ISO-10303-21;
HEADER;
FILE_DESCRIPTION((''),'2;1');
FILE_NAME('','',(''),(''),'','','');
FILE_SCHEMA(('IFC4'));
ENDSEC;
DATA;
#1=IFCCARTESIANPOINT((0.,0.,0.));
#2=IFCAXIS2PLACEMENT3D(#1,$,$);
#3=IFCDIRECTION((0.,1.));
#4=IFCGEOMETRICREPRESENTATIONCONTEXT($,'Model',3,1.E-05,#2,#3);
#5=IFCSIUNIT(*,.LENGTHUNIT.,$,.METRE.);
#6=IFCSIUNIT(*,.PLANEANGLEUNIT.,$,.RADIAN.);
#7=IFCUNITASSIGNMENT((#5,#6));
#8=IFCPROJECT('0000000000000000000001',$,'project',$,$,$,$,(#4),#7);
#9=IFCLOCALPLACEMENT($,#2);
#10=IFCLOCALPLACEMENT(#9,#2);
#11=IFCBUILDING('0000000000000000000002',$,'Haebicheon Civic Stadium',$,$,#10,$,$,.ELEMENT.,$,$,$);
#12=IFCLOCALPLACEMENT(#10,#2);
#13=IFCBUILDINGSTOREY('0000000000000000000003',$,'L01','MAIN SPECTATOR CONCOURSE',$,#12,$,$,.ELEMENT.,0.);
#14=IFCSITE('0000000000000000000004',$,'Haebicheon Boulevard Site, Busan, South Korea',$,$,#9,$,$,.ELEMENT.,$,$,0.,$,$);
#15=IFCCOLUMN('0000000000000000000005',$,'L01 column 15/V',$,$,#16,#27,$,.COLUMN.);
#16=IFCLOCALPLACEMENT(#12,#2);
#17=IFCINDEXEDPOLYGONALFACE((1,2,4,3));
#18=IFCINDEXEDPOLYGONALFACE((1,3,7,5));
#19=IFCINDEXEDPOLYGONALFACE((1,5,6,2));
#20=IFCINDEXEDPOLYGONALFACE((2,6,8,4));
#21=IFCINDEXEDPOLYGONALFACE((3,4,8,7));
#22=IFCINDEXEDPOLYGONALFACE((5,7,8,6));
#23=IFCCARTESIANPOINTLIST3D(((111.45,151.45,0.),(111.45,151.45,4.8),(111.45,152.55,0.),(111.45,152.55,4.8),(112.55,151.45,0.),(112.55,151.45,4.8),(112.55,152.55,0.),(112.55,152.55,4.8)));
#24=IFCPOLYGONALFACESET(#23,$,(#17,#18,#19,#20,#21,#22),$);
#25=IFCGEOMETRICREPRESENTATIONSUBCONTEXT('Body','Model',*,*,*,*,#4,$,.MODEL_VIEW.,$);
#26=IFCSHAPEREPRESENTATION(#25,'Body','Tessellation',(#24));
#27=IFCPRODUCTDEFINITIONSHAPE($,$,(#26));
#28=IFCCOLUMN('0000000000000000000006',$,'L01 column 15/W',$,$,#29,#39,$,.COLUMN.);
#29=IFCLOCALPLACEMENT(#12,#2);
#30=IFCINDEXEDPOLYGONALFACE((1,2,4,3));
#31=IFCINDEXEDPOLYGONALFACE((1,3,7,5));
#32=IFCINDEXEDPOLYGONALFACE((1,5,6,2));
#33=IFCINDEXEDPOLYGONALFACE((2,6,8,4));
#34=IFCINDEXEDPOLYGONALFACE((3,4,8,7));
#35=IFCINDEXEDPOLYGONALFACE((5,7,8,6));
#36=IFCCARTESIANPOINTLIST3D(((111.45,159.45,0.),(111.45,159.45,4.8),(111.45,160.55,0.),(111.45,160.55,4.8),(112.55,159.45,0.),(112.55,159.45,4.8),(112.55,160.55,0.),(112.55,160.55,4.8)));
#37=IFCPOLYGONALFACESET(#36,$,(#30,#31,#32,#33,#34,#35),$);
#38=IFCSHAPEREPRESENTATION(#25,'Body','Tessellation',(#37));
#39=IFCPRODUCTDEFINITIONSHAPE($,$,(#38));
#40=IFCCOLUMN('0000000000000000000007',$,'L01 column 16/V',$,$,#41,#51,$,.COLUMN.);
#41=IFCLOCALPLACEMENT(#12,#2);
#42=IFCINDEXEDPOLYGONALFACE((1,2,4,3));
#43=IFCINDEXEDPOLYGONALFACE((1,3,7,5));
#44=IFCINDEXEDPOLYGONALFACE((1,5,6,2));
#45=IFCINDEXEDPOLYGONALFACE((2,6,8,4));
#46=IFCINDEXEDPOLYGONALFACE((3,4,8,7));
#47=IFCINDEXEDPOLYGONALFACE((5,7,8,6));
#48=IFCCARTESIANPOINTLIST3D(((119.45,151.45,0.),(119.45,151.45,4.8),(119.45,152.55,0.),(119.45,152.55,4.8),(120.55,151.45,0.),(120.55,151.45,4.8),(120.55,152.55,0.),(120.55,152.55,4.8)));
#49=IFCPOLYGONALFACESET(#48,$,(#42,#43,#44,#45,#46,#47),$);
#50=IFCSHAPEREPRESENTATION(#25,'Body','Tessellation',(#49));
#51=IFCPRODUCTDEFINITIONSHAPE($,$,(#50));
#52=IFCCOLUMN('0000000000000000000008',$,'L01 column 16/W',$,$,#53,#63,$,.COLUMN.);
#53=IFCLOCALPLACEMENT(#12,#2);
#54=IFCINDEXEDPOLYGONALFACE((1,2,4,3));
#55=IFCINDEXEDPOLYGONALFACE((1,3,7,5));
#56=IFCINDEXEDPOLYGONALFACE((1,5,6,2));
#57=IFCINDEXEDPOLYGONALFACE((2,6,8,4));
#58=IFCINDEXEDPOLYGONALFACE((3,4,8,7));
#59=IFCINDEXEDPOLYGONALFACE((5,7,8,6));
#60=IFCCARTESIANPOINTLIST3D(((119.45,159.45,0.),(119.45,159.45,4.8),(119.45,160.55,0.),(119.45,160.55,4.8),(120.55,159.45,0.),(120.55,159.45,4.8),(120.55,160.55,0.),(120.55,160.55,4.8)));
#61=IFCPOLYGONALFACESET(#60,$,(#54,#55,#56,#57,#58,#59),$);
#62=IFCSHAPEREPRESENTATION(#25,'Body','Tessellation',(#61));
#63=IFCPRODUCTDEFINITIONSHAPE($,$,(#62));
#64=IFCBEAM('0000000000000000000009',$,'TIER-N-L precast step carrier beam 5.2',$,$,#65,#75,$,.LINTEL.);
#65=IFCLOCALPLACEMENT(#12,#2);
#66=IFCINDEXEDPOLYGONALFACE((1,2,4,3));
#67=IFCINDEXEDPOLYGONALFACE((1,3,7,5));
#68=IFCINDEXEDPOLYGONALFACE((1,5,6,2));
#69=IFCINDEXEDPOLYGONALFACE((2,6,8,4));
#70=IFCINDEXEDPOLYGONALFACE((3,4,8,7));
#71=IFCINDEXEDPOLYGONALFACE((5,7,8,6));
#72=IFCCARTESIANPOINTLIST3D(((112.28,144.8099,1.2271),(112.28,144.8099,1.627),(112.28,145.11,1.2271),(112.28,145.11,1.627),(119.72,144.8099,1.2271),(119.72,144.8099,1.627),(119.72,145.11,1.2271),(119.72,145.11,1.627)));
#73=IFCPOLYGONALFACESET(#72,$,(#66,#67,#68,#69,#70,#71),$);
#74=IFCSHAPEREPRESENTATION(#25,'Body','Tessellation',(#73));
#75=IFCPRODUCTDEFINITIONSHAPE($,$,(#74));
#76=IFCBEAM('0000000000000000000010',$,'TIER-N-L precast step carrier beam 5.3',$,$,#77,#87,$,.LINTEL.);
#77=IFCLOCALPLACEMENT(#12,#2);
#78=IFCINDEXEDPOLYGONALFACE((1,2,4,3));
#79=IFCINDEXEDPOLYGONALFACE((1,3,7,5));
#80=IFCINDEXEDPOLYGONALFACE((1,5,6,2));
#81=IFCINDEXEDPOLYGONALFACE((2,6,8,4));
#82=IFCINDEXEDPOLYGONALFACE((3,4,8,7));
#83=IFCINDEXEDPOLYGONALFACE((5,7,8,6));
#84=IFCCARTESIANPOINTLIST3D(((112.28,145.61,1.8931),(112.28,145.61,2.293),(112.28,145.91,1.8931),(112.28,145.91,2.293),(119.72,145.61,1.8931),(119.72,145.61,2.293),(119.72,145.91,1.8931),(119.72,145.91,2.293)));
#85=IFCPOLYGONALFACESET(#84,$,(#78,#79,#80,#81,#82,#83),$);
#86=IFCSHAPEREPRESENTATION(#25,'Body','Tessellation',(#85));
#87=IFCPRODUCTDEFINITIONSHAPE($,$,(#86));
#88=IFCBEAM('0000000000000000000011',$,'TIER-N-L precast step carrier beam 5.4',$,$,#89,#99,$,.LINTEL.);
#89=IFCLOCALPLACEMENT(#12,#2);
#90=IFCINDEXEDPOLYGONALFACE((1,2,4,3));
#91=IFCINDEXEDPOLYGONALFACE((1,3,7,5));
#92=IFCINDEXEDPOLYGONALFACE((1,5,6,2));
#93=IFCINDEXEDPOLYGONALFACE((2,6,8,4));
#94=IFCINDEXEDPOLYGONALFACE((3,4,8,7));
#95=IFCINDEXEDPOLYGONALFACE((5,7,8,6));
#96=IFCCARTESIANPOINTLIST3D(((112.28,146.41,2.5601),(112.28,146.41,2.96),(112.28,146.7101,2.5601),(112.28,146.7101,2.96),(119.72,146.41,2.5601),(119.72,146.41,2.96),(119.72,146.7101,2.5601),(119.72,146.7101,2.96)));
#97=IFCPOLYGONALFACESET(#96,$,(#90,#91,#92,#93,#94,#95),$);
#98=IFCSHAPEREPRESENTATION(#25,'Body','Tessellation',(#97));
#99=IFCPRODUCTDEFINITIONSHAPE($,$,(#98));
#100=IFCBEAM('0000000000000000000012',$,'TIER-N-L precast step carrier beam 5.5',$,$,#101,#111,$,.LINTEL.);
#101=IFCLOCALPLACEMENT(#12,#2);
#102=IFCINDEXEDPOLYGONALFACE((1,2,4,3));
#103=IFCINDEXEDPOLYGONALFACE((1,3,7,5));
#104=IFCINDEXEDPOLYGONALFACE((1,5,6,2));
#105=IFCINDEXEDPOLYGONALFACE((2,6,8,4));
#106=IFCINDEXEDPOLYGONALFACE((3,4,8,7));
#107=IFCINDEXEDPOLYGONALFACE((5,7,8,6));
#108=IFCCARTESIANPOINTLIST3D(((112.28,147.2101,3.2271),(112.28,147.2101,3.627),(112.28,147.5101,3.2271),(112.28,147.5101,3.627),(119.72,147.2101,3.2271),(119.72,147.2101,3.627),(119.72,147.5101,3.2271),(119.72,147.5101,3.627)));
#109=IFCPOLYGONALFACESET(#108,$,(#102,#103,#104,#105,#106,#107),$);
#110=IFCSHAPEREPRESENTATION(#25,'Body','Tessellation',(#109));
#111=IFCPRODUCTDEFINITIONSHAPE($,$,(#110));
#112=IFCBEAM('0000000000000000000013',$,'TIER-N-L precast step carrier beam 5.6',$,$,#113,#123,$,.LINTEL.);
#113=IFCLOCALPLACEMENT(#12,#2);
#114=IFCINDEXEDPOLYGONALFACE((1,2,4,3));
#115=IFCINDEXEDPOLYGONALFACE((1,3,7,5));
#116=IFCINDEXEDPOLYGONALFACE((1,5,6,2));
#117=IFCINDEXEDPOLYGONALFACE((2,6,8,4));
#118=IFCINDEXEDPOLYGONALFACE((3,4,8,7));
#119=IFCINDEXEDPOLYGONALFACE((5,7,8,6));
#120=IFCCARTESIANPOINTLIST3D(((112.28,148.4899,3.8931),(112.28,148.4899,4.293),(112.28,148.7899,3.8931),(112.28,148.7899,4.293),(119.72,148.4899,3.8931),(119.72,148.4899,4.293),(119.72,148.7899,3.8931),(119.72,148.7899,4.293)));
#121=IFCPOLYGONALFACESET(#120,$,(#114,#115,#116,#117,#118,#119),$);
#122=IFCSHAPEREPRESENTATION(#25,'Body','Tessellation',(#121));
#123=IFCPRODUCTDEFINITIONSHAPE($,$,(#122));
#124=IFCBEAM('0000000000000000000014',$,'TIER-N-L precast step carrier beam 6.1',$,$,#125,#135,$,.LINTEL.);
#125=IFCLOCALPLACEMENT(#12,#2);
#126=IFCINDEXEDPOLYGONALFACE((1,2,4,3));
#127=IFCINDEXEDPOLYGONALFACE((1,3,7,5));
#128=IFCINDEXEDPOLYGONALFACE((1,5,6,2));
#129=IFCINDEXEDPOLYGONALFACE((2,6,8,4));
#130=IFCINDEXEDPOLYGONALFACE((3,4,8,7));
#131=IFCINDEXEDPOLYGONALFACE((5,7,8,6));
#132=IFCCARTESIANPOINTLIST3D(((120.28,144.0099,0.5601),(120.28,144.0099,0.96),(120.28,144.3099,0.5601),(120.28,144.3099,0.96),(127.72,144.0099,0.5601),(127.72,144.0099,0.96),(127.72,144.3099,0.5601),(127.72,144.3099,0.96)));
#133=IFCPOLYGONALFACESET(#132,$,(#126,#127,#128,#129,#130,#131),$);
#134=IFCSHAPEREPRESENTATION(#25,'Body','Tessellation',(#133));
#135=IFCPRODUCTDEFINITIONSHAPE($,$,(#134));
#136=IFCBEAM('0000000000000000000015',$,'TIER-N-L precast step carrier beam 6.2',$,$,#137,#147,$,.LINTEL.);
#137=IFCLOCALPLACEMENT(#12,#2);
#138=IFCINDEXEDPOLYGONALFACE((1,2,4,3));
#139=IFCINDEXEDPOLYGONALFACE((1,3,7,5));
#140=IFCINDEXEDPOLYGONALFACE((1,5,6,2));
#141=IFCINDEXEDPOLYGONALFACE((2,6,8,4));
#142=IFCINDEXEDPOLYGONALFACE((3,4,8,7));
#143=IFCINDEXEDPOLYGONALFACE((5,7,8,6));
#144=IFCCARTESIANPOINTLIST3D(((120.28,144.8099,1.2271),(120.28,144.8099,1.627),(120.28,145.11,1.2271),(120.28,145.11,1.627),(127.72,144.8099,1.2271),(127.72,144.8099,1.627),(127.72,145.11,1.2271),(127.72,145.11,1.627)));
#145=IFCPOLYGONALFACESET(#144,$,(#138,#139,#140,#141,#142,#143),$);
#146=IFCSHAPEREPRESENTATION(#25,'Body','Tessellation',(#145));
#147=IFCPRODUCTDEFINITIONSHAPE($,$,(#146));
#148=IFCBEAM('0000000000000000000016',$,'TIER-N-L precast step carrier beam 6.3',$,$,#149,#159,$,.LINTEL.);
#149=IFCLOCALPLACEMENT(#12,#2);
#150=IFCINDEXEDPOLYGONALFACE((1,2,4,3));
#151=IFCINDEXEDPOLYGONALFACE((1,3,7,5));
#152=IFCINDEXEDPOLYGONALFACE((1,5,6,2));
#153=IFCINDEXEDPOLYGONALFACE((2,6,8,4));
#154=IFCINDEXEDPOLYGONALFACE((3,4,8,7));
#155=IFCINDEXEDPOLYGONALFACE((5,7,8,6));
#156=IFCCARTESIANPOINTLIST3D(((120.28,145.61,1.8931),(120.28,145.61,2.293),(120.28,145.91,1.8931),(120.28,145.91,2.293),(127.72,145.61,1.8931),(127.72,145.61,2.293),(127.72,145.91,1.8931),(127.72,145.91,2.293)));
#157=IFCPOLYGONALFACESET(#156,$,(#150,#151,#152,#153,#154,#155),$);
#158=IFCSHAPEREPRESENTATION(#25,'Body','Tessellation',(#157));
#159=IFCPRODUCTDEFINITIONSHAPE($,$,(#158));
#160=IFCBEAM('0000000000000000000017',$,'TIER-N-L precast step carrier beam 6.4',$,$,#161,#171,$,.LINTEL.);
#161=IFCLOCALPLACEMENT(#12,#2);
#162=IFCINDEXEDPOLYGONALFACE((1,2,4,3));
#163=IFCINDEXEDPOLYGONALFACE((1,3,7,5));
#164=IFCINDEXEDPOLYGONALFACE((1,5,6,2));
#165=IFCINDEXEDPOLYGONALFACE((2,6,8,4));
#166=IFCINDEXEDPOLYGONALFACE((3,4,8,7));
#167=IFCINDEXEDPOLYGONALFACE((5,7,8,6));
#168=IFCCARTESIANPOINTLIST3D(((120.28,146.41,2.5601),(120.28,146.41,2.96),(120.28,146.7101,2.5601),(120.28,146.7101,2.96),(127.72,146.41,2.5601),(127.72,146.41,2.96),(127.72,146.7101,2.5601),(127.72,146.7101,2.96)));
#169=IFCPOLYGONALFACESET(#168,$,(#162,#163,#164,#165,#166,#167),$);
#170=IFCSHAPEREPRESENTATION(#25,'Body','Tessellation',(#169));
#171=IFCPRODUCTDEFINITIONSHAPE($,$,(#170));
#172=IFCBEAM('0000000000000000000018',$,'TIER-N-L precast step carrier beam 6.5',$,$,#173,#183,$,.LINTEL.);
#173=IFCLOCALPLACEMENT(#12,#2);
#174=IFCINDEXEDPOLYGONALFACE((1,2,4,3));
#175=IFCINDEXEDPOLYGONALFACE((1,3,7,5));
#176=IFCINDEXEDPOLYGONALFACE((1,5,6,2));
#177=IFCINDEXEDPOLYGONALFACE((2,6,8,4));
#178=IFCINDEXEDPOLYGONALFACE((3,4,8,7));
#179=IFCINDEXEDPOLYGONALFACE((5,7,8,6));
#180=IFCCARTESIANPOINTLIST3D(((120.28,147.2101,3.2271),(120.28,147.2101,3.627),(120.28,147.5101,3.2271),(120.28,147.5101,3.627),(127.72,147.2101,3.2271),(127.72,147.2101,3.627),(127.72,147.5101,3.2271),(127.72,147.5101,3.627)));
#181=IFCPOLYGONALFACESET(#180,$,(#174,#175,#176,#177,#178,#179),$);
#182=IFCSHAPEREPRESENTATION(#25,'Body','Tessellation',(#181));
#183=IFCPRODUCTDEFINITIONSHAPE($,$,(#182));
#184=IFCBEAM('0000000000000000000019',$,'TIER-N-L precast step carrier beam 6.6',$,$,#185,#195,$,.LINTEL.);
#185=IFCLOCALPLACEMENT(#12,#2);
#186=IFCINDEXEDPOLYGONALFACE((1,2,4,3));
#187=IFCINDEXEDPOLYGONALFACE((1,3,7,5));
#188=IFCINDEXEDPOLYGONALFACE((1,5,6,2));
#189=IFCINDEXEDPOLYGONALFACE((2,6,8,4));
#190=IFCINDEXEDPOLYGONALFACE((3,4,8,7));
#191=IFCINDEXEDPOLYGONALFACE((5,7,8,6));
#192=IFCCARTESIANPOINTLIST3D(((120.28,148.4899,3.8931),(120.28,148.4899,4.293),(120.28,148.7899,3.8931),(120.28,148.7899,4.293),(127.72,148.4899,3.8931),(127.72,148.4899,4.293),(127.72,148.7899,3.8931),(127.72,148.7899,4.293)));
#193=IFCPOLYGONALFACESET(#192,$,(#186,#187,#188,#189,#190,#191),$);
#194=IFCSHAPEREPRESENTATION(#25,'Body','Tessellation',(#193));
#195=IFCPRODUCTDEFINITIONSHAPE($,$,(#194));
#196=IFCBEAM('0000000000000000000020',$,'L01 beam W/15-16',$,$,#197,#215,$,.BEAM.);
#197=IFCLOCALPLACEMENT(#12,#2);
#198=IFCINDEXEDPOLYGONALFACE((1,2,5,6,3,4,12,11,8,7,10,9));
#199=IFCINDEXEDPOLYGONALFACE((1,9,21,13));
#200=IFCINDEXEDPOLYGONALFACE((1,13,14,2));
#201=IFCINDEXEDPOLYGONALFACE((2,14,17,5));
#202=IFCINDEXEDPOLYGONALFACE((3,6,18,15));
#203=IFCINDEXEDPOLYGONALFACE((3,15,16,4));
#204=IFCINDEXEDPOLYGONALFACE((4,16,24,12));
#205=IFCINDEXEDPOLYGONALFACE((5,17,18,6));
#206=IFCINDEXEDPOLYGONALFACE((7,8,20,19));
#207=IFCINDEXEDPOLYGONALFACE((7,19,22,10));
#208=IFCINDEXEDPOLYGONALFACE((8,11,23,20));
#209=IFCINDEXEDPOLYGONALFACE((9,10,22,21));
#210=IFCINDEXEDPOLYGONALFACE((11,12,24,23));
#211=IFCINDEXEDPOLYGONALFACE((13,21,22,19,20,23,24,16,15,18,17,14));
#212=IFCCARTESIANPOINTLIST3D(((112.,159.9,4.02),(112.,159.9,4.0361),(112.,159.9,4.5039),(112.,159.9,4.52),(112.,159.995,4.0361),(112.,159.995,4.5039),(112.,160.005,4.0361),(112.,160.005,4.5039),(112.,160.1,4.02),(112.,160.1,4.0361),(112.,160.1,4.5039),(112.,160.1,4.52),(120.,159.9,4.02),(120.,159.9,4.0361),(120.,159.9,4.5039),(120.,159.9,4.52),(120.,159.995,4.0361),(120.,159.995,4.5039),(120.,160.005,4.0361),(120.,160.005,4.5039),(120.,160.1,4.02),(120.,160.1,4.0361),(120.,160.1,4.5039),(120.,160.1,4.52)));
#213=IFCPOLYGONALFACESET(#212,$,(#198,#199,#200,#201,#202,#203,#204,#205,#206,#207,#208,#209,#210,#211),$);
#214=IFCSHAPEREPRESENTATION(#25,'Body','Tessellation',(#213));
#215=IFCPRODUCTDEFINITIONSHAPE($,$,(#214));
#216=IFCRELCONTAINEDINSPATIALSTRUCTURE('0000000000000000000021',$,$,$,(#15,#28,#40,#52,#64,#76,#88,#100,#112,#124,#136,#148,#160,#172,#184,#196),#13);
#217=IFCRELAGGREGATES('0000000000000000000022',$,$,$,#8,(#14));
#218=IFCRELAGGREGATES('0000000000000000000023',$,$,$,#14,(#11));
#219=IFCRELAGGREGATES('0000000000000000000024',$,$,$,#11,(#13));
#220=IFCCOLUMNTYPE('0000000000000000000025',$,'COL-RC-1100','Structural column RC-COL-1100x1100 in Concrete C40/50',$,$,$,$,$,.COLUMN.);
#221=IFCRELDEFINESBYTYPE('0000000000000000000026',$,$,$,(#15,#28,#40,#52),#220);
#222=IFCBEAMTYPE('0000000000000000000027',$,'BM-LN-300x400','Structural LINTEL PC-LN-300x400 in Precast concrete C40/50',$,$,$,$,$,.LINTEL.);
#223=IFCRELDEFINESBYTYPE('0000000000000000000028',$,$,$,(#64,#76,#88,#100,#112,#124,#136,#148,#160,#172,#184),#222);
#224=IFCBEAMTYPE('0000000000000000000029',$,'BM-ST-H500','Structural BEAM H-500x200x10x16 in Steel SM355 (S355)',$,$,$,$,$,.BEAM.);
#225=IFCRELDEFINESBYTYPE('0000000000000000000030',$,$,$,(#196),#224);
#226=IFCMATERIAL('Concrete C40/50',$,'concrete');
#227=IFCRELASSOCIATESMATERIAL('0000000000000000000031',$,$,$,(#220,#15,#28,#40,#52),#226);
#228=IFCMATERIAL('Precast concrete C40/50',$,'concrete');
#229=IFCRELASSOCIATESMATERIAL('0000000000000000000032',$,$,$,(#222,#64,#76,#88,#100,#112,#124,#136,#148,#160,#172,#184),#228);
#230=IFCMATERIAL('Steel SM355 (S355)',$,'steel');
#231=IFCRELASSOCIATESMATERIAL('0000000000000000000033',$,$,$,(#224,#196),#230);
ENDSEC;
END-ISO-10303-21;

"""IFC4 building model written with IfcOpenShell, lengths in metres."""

from ifc_helpers import new_model, si_unit, direction, frame, origin, origin_2d, place, context, subcontext, project, spatial, rectangle, i_section, extrude, material, material_profile, profile_set, type_object, element, save


model = new_model("IFC4")

# Units and contexts
model_context = context("Model", 3, precision=1e-05, world=origin(), true_north=direction((0.0, 1.0)))
body_context = subcontext(model_context, "Body", "Model", "MODEL_VIEW")
ifc_project = project(units=[si_unit("LENGTHUNIT", "METRE"), si_unit("PLANEANGLEUNIT", "RADIAN")], contexts=[model_context])

# Site, building, storey
site_placement = place(None, origin())
site = spatial("IfcSite", under=ifc_project, at=site_placement, Name="Haebicheon Boulevard Site, Busan, South Korea", CompositionType="ELEMENT", RefElevation=0.0)
building_placement = place(site_placement, origin())
building = spatial("IfcBuilding", under=site, at=building_placement, Name="Haebicheon Civic Stadium", CompositionType="ELEMENT")
storey_placement = place(building_placement, origin())
storey = spatial("IfcBuildingStorey", under=building, at=storey_placement, Name="L01", Description="MAIN SPECTATOR CONCOURSE", CompositionType="ELEMENT", Elevation=0.0)

# Columns
ifc_material_1 = material(Name="Concrete C40/50", Category="concrete")
ifc_material_profile_1 = material_profile(ifc_material_1, rectangle(XDim=1.1001, YDim=1.1001, at=origin_2d()), Name="RC-COL-1100x1100")
ifc_profile_set_1 = profile_set([ifc_material_profile_1], Name="Concrete C40/50")
column_type = type_object("IfcColumnType", Name="COL-RC-1100", Description="Structural column RC-COL-1100x1100 in Concrete C40/50", PredefinedType="COLUMN", material=ifc_profile_set_1)
for number, where, z_axis, x_axis, name in (
    (1, (112.0, 152.0, 0.0), (0.0, 0.0, 1.0), (1.0, 0.0, 0.0), "L01 column 15/V"),
    (2, (112.0, 160.0, 0.0), (0.0, 0.0, 1.0), (1.0, 0.0, 0.0), "L01 column 15/W"),
    (3, (120.0, 152.0, 0.0), (0.0, 0.0, 1.0), (1.0, 0.0, 0.0), "L01 column 16/V"),
    (4, (120.0, 160.0, 0.0), (0.0, 0.0, 1.0), (1.0, 0.0, 0.0), "L01 column 16/W"),
):
    element("IfcColumn", number, at=place(storey_placement, frame(where, z_axis=z_axis, x_axis=x_axis)), inside=storey, type_object=column_type, material=ifc_profile_set_1, Name=name, PredefinedType="COLUMN", context=body_context, shape_type="SweptSolid", body=[
        extrude(rectangle(XDim=1.1001, YDim=1.1001, at=origin_2d()), origin(), (0.0, 0.0, 1.0), 4.8),
    ])

# Beams
ifc_material_2 = material(Name="Precast concrete C40/50", Category="concrete")
ifc_material_profile_2 = material_profile(ifc_material_2, rectangle(XDim=0.3, YDim=0.3999, at=origin_2d()), Name="PC-LN-300x400")
ifc_profile_set_2 = profile_set([ifc_material_profile_2], Name="Precast concrete C40/50")
beam_type_1 = type_object("IfcBeamType", Name="BM-LN-300x400", Description="Structural LINTEL PC-LN-300x400 in Precast concrete C40/50", PredefinedType="LINTEL", material=ifc_profile_set_2)
for number, where, z_axis, x_axis, name in (
    (5, (112.28, 144.96, 1.427), (1.0, 0.0, 0.0), (0.0, 1.0, 0.0), "TIER-N-L precast step carrier beam 5.2"),
    (6, (112.28, 145.76, 2.093), (1.0, 0.0, 0.0), (0.0, 1.0, 0.0), "TIER-N-L precast step carrier beam 5.3"),
    (7, (112.28, 146.5601, 2.76), (1.0, 0.0, 0.0), (0.0, 1.0, 0.0), "TIER-N-L precast step carrier beam 5.4"),
    (8, (112.28, 147.3601, 3.427), (1.0, 0.0, 0.0), (0.0, 1.0, 0.0), "TIER-N-L precast step carrier beam 5.5"),
    (9, (112.28, 148.6399, 4.093), (1.0, 0.0, 0.0), (0.0, 1.0, 0.0), "TIER-N-L precast step carrier beam 5.6"),
    (10, (120.28, 144.1599, 0.76), (1.0, 0.0, 0.0), (0.0, 1.0, 0.0), "TIER-N-L precast step carrier beam 6.1"),
    (11, (120.28, 144.96, 1.427), (1.0, 0.0, 0.0), (0.0, 1.0, 0.0), "TIER-N-L precast step carrier beam 6.2"),
    (12, (120.28, 145.76, 2.093), (1.0, 0.0, 0.0), (0.0, 1.0, 0.0), "TIER-N-L precast step carrier beam 6.3"),
    (13, (120.28, 146.5601, 2.76), (1.0, 0.0, 0.0), (0.0, 1.0, 0.0), "TIER-N-L precast step carrier beam 6.4"),
    (14, (120.28, 147.3601, 3.427), (1.0, 0.0, 0.0), (0.0, 1.0, 0.0), "TIER-N-L precast step carrier beam 6.5"),
    (15, (120.28, 148.6399, 4.093), (1.0, 0.0, 0.0), (0.0, 1.0, 0.0), "TIER-N-L precast step carrier beam 6.6"),
):
    element("IfcBeam", number, at=place(storey_placement, frame(where, z_axis=z_axis, x_axis=x_axis)), inside=storey, type_object=beam_type_1, material=ifc_profile_set_2, Name=name, PredefinedType="LINTEL", context=body_context, shape_type="SweptSolid", body=[
        extrude(rectangle(XDim=0.3, YDim=0.3999, at=origin_2d()), origin(), (0.0, 0.0, 1.0), 7.4399),
    ])
ifc_material_3 = material(Name="Steel SM355 (S355)", Category="steel")
ifc_material_profile_3 = material_profile(ifc_material_3, i_section(OverallWidth=0.2, OverallDepth=0.5, WebThickness=0.01, FlangeThickness=0.0161, at=origin_2d()), Name="H-500x200x10x16")
ifc_profile_set_3 = profile_set([ifc_material_profile_3], Name="Steel SM355 (S355)")
beam_type_2 = type_object("IfcBeamType", Name="BM-ST-H500", Description="Structural BEAM H-500x200x10x16 in Steel SM355 (S355)", PredefinedType="BEAM", material=ifc_profile_set_3)
beam_placement = place(storey_placement, frame((112.0, 160.0, 4.27), z_axis=(1.0, 0.0, 0.0), x_axis=(0.0, 1.0, 0.0)))
element("IfcBeam", 16, at=beam_placement, inside=storey, type_object=beam_type_2, material=ifc_profile_set_3, Name="L01 beam W/15-16", PredefinedType="BEAM", context=body_context, shape_type="SweptSolid", body=[
    extrude(i_section(OverallWidth=0.2, OverallDepth=0.5, WebThickness=0.01, FlangeThickness=0.0161, at=origin_2d()), origin(), (0.0, 0.0, 1.0), 8.0),
])

save(model, "model.ifc")
